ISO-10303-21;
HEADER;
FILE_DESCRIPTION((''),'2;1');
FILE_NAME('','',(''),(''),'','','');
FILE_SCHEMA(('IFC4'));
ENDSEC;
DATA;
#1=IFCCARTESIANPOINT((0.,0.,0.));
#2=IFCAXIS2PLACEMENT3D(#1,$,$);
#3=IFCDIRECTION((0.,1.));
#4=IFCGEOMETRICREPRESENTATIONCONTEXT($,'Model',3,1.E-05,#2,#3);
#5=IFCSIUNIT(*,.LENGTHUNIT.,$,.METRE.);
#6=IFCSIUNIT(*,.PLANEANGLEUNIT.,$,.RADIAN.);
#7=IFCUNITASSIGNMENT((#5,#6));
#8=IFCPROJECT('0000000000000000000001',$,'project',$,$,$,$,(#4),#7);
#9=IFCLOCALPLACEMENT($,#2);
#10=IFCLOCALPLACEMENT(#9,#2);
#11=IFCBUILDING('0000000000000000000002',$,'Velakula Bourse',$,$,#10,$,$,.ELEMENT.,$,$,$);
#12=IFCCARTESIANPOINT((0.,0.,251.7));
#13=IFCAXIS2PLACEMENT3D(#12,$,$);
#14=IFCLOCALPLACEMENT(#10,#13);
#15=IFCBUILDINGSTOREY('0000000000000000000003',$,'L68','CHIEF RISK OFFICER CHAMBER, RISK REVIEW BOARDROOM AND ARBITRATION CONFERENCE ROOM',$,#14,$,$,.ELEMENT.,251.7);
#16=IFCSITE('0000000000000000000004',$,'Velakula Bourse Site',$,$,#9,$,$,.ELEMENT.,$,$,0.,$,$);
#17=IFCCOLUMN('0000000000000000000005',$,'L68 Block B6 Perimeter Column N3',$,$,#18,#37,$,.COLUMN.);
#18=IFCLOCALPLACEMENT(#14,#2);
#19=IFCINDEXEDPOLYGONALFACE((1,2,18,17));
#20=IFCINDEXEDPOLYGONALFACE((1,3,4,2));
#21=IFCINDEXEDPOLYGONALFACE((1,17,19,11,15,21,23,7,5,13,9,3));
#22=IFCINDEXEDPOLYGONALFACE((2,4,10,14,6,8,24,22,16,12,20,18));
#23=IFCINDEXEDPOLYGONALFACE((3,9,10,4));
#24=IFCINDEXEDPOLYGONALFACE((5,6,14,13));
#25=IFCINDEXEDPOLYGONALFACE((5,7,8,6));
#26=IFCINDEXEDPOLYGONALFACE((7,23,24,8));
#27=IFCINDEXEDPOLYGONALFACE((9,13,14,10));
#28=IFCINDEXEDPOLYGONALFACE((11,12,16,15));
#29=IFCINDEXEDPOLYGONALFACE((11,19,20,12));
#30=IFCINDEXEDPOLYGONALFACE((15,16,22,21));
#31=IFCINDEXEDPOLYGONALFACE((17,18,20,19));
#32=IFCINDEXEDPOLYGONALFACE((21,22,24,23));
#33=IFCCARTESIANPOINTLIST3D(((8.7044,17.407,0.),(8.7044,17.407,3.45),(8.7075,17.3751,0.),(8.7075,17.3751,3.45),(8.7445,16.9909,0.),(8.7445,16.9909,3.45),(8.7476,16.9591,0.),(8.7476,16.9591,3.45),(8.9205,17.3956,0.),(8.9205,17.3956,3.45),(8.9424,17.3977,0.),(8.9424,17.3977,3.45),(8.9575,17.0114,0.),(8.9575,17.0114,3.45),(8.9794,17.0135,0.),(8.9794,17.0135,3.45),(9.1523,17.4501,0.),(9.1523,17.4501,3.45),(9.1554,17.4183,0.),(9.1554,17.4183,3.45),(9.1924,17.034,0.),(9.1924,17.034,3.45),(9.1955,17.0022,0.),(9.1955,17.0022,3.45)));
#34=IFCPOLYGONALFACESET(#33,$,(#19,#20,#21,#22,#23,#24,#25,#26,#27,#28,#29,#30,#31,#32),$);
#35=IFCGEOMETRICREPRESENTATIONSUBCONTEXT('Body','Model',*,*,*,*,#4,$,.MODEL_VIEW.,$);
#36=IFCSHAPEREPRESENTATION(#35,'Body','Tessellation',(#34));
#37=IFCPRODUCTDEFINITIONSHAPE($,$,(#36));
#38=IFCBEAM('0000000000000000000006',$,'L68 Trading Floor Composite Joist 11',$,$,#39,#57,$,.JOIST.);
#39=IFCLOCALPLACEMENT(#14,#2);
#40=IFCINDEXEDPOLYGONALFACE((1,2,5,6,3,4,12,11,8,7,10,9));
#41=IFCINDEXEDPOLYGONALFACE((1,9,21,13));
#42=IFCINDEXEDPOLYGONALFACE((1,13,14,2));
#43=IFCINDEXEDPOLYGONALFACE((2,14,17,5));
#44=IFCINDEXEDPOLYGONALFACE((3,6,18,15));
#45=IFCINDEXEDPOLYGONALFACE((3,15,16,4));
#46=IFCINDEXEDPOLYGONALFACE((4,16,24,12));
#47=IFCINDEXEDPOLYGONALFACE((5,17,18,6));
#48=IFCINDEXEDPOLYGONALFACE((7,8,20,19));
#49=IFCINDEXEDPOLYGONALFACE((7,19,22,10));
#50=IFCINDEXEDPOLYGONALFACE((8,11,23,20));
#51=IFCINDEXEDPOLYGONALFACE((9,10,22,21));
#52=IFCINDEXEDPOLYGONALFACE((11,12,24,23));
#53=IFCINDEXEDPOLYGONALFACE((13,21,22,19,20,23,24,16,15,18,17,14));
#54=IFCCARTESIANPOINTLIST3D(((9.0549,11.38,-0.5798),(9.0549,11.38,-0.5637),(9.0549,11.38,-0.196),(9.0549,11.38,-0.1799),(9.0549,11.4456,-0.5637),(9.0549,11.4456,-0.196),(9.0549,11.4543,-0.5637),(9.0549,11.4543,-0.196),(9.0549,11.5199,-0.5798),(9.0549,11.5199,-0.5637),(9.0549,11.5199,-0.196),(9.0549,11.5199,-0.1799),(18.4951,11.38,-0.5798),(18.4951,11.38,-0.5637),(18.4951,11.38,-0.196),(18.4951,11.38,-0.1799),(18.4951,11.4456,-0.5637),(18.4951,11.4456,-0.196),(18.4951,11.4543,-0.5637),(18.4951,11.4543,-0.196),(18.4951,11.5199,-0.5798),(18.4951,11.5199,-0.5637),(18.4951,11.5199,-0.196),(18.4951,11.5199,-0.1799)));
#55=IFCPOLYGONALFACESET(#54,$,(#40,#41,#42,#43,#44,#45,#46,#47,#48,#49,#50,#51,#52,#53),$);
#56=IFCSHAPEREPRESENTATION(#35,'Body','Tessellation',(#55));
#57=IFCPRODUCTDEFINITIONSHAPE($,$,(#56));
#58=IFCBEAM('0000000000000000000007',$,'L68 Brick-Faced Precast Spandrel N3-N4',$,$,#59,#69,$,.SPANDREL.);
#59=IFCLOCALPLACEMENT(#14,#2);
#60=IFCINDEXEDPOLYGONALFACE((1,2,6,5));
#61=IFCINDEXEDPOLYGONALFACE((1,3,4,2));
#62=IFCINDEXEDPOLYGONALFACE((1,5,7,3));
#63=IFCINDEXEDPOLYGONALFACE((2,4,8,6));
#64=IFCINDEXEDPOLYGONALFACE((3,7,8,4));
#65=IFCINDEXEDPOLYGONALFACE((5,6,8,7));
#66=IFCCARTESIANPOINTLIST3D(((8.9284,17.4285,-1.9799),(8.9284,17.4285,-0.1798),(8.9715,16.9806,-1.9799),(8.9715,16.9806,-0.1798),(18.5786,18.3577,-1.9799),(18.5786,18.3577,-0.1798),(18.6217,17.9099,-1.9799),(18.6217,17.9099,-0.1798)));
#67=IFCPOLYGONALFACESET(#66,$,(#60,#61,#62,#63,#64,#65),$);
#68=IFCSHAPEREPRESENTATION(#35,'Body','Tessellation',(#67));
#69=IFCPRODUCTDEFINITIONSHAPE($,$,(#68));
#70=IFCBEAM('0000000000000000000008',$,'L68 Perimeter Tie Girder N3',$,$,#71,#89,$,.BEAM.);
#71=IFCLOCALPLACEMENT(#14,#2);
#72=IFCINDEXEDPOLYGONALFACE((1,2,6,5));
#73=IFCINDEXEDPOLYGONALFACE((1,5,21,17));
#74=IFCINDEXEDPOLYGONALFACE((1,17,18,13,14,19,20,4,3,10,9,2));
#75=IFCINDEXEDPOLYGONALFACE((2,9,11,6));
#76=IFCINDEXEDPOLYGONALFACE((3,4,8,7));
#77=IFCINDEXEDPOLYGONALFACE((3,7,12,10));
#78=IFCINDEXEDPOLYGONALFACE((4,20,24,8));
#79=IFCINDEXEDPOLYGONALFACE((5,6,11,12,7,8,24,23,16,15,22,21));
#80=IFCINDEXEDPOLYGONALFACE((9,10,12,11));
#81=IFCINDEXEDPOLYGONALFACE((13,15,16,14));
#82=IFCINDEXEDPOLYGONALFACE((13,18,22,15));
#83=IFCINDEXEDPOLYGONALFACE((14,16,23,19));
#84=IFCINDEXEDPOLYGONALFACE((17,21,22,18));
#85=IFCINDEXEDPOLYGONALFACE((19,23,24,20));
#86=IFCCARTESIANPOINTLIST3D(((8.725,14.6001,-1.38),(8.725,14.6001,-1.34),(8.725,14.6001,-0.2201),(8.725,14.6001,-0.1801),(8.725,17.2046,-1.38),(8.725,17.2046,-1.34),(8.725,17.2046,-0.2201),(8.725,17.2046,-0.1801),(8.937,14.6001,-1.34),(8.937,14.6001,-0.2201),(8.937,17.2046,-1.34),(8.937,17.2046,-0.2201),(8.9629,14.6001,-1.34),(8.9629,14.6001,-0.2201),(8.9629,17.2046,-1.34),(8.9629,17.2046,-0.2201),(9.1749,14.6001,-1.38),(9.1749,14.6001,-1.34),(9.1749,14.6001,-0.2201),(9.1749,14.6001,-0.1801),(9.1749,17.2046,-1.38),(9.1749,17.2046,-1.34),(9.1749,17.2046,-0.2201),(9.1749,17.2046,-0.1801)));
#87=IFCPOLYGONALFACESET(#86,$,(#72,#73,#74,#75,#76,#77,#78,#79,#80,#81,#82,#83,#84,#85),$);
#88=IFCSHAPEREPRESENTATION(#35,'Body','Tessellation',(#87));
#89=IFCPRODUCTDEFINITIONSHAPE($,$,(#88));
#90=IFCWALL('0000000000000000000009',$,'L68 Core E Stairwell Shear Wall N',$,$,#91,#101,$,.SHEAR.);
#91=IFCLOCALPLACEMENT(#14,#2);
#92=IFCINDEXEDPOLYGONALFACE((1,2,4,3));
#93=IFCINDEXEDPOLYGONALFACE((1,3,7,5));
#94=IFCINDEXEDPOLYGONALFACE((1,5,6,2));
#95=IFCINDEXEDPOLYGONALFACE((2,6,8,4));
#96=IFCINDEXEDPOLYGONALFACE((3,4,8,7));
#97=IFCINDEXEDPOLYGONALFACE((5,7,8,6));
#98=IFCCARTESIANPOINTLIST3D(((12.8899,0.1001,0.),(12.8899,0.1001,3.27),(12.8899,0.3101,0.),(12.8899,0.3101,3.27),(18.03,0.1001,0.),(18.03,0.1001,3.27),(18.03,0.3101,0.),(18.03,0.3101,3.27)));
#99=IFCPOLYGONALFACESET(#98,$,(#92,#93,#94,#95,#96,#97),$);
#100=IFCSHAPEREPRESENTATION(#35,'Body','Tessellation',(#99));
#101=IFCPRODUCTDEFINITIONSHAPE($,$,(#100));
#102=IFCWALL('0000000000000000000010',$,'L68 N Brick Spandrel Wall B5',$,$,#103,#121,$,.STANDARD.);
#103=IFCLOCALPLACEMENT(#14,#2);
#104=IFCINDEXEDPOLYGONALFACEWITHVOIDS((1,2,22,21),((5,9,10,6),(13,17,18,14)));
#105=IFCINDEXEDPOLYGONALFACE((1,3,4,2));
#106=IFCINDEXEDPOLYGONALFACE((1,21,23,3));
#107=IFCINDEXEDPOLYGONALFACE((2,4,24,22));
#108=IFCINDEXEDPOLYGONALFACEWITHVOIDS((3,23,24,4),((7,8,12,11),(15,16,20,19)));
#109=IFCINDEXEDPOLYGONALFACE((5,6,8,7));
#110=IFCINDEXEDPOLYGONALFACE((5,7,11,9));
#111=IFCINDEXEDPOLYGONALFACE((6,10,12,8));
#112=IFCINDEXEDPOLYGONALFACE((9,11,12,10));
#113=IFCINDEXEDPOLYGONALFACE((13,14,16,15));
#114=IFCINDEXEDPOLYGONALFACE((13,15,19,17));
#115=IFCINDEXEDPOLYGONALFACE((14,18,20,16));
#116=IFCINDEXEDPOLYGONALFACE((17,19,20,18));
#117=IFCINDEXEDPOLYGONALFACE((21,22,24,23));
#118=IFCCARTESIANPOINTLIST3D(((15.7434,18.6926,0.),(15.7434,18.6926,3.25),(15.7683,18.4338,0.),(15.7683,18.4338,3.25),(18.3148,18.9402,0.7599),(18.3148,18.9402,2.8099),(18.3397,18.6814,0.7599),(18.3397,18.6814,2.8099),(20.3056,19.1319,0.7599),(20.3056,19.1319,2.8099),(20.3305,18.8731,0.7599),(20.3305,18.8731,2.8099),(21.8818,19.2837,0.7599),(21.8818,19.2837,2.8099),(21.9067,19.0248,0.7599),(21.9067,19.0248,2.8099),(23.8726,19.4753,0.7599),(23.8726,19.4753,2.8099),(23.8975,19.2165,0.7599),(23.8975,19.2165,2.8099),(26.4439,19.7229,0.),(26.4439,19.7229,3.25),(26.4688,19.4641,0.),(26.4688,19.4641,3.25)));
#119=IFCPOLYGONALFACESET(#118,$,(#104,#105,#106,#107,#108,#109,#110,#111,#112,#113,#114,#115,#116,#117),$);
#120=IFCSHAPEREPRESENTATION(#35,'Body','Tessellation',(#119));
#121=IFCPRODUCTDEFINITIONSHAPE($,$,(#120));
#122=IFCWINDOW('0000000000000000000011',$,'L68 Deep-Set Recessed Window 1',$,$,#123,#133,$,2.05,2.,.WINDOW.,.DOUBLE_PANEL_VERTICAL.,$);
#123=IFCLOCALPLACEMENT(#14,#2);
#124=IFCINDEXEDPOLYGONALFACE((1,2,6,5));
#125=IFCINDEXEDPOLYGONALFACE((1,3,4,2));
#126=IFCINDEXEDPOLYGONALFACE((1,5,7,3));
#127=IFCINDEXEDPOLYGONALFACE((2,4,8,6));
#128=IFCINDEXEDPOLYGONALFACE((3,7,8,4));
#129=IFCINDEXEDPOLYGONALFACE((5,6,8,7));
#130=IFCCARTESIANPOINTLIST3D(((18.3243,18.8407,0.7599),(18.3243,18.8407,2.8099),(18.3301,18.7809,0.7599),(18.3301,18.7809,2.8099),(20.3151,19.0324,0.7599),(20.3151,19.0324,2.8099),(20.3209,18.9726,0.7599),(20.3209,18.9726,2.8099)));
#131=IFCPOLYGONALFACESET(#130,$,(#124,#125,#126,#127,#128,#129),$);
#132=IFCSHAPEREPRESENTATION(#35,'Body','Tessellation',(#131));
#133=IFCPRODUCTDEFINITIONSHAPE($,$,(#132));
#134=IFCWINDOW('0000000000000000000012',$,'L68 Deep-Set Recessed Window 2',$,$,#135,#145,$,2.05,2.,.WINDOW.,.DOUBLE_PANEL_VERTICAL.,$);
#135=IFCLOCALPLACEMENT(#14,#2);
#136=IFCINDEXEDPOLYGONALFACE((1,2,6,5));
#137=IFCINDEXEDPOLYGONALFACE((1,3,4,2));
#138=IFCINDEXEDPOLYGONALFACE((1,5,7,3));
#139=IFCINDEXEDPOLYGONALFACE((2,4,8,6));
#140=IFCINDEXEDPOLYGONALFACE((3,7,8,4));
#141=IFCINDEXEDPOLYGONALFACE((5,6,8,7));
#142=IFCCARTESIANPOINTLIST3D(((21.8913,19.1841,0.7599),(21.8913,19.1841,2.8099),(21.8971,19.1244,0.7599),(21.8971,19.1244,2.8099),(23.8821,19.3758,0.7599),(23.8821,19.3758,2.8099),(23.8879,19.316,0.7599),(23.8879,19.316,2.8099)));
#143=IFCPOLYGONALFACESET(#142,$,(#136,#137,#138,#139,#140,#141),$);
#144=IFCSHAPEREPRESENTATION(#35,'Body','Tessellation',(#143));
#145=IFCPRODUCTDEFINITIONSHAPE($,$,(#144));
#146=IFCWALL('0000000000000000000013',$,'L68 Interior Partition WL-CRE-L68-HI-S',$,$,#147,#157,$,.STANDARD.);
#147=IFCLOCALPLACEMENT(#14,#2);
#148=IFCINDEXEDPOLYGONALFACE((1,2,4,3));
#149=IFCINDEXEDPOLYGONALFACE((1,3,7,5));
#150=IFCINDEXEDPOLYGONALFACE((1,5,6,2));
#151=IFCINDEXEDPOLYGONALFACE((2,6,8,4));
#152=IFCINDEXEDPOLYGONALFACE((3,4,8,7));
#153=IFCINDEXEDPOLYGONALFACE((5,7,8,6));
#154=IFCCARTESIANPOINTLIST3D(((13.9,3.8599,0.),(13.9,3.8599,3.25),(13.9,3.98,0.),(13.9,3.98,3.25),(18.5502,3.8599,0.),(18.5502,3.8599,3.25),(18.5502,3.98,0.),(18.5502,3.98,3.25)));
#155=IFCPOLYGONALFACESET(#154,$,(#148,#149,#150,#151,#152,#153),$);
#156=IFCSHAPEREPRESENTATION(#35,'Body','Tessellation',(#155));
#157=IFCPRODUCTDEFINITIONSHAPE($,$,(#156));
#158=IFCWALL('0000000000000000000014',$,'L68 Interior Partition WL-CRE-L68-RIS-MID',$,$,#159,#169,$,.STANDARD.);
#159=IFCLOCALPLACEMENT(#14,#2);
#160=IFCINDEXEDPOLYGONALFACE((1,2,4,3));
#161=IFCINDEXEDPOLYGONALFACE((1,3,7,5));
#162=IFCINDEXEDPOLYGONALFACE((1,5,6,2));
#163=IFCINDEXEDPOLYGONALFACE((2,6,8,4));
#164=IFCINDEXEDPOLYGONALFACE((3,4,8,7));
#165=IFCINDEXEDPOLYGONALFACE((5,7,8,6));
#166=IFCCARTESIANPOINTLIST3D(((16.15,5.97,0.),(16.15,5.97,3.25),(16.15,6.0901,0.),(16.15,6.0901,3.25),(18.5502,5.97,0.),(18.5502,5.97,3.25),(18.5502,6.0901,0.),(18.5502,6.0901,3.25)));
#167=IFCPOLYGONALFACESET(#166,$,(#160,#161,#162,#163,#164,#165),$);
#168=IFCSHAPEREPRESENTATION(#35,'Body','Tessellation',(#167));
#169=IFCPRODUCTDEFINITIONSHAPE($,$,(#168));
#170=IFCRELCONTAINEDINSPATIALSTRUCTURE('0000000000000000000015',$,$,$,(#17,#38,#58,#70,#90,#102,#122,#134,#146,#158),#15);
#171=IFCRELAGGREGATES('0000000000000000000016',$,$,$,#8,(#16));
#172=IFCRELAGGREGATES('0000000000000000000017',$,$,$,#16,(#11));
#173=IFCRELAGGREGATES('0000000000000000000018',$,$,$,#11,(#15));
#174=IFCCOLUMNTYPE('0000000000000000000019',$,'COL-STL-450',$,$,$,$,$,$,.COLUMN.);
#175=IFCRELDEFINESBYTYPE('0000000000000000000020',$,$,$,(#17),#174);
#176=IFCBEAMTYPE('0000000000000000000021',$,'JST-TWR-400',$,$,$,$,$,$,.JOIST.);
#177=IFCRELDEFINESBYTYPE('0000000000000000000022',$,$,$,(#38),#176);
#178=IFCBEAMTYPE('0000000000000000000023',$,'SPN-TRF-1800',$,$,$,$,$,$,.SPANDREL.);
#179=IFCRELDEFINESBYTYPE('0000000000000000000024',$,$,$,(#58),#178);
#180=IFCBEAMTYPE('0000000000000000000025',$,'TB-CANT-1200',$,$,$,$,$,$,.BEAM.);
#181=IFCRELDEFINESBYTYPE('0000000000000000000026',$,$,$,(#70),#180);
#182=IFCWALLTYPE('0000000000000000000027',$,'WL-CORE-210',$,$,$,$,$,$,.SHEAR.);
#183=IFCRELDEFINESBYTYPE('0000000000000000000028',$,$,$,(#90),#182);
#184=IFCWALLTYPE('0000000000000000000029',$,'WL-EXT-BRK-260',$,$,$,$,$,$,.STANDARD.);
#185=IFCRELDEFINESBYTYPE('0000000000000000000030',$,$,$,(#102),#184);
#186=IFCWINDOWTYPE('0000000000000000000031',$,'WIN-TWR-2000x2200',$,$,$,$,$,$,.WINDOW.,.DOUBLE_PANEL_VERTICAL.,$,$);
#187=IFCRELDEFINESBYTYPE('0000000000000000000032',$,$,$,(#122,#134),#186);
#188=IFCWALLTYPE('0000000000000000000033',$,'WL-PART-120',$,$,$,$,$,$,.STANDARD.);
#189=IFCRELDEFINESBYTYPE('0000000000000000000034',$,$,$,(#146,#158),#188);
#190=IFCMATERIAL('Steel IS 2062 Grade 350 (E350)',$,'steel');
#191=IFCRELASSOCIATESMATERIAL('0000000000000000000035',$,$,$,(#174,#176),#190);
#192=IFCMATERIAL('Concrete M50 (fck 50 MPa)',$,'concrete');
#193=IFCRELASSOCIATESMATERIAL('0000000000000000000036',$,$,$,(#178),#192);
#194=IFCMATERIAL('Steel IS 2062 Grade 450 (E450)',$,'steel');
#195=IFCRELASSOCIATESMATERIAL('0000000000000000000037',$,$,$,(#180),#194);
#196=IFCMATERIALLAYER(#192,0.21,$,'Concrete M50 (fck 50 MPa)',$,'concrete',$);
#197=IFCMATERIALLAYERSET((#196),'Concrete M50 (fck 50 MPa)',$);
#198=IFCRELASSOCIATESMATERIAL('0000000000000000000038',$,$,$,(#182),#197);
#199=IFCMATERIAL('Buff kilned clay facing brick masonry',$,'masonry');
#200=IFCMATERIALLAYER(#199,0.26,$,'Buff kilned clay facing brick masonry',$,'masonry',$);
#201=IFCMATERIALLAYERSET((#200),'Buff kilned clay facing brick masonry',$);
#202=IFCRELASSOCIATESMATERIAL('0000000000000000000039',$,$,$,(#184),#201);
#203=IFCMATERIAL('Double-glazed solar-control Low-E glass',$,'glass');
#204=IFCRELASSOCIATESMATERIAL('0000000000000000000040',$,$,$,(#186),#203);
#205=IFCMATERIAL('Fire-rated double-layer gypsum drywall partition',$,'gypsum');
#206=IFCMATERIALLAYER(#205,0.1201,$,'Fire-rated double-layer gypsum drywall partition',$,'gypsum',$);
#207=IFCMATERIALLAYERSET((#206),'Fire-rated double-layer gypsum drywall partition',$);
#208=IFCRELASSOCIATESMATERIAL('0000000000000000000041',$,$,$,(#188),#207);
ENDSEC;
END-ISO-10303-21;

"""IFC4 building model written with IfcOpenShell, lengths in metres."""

from ifc_helpers import new_model, si_unit, direction, frame, frame_2d, origin, origin_2d, place, context, subcontext, project, spatial, rectangle, i_section, extrude, material, layer, layer_set, material_profile, profile_set, type_object, element, fill, save


model = new_model("IFC4")

# Units and contexts
model_context = context("Model", 3, precision=1e-05, world=origin(), true_north=direction((0.0, 1.0)))
body_context = subcontext(model_context, "Body", "Model", "MODEL_VIEW")
ifc_project = project(units=[si_unit("LENGTHUNIT", "METRE"), si_unit("PLANEANGLEUNIT", "RADIAN")], contexts=[model_context])

# Site, building, storey
site_placement = place(None, origin())
site = spatial("IfcSite", under=ifc_project, at=site_placement, Name="Velakula Bourse Site", CompositionType="ELEMENT", RefElevation=0.0)
building_placement = place(site_placement, origin())
building = spatial("IfcBuilding", under=site, at=building_placement, Name="Velakula Bourse", CompositionType="ELEMENT")
storey_placement = place(building_placement, frame((0.0, 0.0, 251.7)))
storey = spatial("IfcBuildingStorey", under=building, at=storey_placement, Name="L68", Description="CHIEF RISK OFFICER CHAMBER, RISK REVIEW BOARDROOM AND ARBITRATION CONFERENCE ROOM", CompositionType="ELEMENT", Elevation=251.7)

# Column
ifc_material_1 = material(Name="Steel IS 2062 Grade 350 (E350)", Category="steel")
ifc_material_profile_1 = material_profile(ifc_material_1, i_section(OverallWidth=0.45, OverallDepth=0.45, WebThickness=0.022, FlangeThickness=0.032, at=origin_2d()), Name="Steel IS 2062 Grade 350 (E350)")
ifc_profile_set_1 = profile_set([ifc_material_profile_1], Name="Steel IS 2062 Grade 350 (E350)")
column_type = type_object("IfcColumnType", Name="COL-STL-450", PredefinedType="COLUMN", material=ifc_profile_set_1)
column_placement = place(storey_placement, frame((8.95, 17.2046, 0.0), z_axis=(0.0, 0.0, 1.0), x_axis=(0.995396, 0.095846, 0.0)))
element("IfcColumn", 1, at=column_placement, inside=storey, type_object=column_type, Name="L68 Block B6 Perimeter Column N3", PredefinedType="COLUMN", context=body_context, shape_type="SweptSolid", body=[
    extrude(i_section(OverallWidth=0.45, OverallDepth=0.45, WebThickness=0.022, FlangeThickness=0.032, at=origin_2d()), origin(), (0.0, 0.0, 1.0), 3.45),
])

# Beams
ifc_material_profile_2 = material_profile(ifc_material_1, i_section(OverallWidth=0.1399, OverallDepth=0.3999, WebThickness=0.0088, FlangeThickness=0.0161, at=origin_2d()), Name="Steel IS 2062 Grade 350 (E350)")
ifc_profile_set_2 = profile_set([ifc_material_profile_2], Name="Steel IS 2062 Grade 350 (E350)")
beam_type_1 = type_object("IfcBeamType", Name="JST-TWR-400", PredefinedType="JOIST", material=ifc_profile_set_2)
beam_1_placement = place(storey_placement, frame((9.0549, 11.45, -0.3799), z_axis=(1.0, 0.0, 0.0), x_axis=(0.0, 1.0, 0.0)))
element("IfcBeam", 2, at=beam_1_placement, inside=storey, type_object=beam_type_1, Name="L68 Trading Floor Composite Joist 11", PredefinedType="JOIST", context=body_context, shape_type="SweptSolid", body=[
    extrude(i_section(OverallWidth=0.1399, OverallDepth=0.3999, WebThickness=0.0088, FlangeThickness=0.0161, at=origin_2d()), origin(), (0.0, 0.0, 1.0), 9.4402),
])
ifc_material_2 = material(Name="Concrete M50 (fck 50 MPa)", Category="concrete")
ifc_material_profile_3 = material_profile(ifc_material_2, rectangle(XDim=0.45, YDim=1.8, at=origin_2d()), Name="Concrete M50 (fck 50 MPa)")
ifc_profile_set_3 = profile_set([ifc_material_profile_3], Name="Concrete M50 (fck 50 MPa)")
beam_type_2 = type_object("IfcBeamType", Name="SPN-TRF-1800", PredefinedType="SPANDREL", material=ifc_profile_set_3)
beam_2_placement = place(storey_placement, frame((8.95, 17.2046, -1.0798), z_axis=(0.995396, 0.095845, 0.0), x_axis=(-0.095845, 0.995396, 0.0)))
element("IfcBeam", 3, at=beam_2_placement, inside=storey, type_object=beam_type_2, Name="L68 Brick-Faced Precast Spandrel N3-N4", PredefinedType="SPANDREL", context=body_context, shape_type="SweptSolid", body=[
    extrude(rectangle(XDim=0.45, YDim=1.8, at=origin_2d()), origin(), (0.0, 0.0, 1.0), 9.6948),
])
ifc_material_3 = material(Name="Steel IS 2062 Grade 450 (E450)", Category="steel")
ifc_material_profile_4 = material_profile(ifc_material_3, i_section(OverallWidth=0.45, OverallDepth=1.2, WebThickness=0.0259, FlangeThickness=0.04, at=origin_2d()), Name="Steel IS 2062 Grade 450 (E450)")
ifc_profile_set_4 = profile_set([ifc_material_profile_4], Name="Steel IS 2062 Grade 450 (E450)")
beam_type_3 = type_object("IfcBeamType", Name="TB-CANT-1200", PredefinedType="BEAM", material=ifc_profile_set_4)
beam_3_placement = place(storey_placement, frame((8.95, 14.6001, -0.78), z_axis=(0.0, 1.0, 0.0), x_axis=(-1.0, 0.0, 0.0)))
element("IfcBeam", 4, at=beam_3_placement, inside=storey, type_object=beam_type_3, Name="L68 Perimeter Tie Girder N3", PredefinedType="BEAM", context=body_context, shape_type="SweptSolid", body=[
    extrude(i_section(OverallWidth=0.45, OverallDepth=1.2, WebThickness=0.0259, FlangeThickness=0.04, at=origin_2d()), origin(), (0.0, 0.0, 1.0), 2.6045),
])

# Wall
ifc_layer_1 = layer(ifc_material_2, 0.21, Name="Concrete M50 (fck 50 MPa)", Category="concrete")
ifc_layer_set_1 = layer_set([ifc_layer_1], Name="Concrete M50 (fck 50 MPa)")
wall_type_1 = type_object("IfcWallType", Name="WL-CORE-210", PredefinedType="SHEAR", material=ifc_layer_set_1)
wall_1_placement = place(storey_placement, frame((18.03, 0.2051, 0.0), z_axis=(0.0, 0.0, 1.0), x_axis=(-1.0, 0.0, 0.0)))
element("IfcWall", 5, at=wall_1_placement, inside=storey, type_object=wall_type_1, Name="L68 Core E Stairwell Shear Wall N", PredefinedType="SHEAR", context=body_context, shape_type="SweptSolid", body=[
    extrude(rectangle(XDim=5.1401, YDim=0.21, at=frame_2d((2.5701, 0.0))), origin(), (0.0, 0.0, 1.0), 3.27),
])

# Wall, openings, windows
ifc_material_4 = material(Name="Buff kilned clay facing brick masonry", Category="masonry")
ifc_layer_2 = layer(ifc_material_4, 0.26, Name="Buff kilned clay facing brick masonry", Category="masonry")
ifc_layer_set_2 = layer_set([ifc_layer_2], Name="Buff kilned clay facing brick masonry")
wall_type_2 = type_object("IfcWallType", Name="WL-EXT-BRK-260", PredefinedType="STANDARD", material=ifc_layer_set_2)
wall_2_placement = place(storey_placement, frame((15.7559, 18.5632, 0.0), z_axis=(0.0, 0.0, 1.0), x_axis=(0.995397, 0.09584, 0.0)))
wall_2 = element("IfcWall", 6, at=wall_2_placement, inside=storey, type_object=wall_type_2, Name="L68 N Brick Spandrel Wall B5", PredefinedType="STANDARD", context=body_context, shape_type="SweptSolid", body=[
    extrude(rectangle(XDim=10.75, YDim=0.26, at=frame_2d((5.375, 0.0))), origin(), (0.0, 0.0, 1.0), 3.25),
])
opening_1_placement = place(wall_2_placement, frame((2.5833, 0.0, 0.76)))
opening_1 = element("IfcOpeningElement", 7, at=opening_1_placement, cuts=wall_2, PredefinedType="OPENING", context=body_context, shape_type="SweptSolid", body=[
    extrude(rectangle(XDim=2.0, YDim=2.05, at=frame_2d((1.0, 1.0249))), frame((0.0, 0.1399, 0.0), z_axis=(0.0, -1.0, 0.0), x_axis=(1.0, 0.0, 0.0)), (0.0, 0.0, 1.0), 0.28),
])
opening_2_placement = place(wall_2_placement, frame((6.1667, 0.0, 0.76)))
opening_2 = element("IfcOpeningElement", 8, at=opening_2_placement, cuts=wall_2, PredefinedType="OPENING", context=body_context, shape_type="SweptSolid", body=[
    extrude(rectangle(XDim=2.0, YDim=2.05, at=frame_2d((1.0, 1.0249))), frame((0.0, 0.1399, 0.0), z_axis=(0.0, -1.0, 0.0), x_axis=(1.0, 0.0, 0.0)), (0.0, 0.0, 1.0), 0.28),
])
ifc_material_5 = material(Name="Double-glazed solar-control Low-E glass", Category="glass")
window_type = type_object("IfcWindowType", Name="WIN-TWR-2000x2200", PartitioningType="DOUBLE_PANEL_VERTICAL", PredefinedType="WINDOW", material=ifc_material_5)
window_1_placement = place(opening_1_placement, origin())
window_1 = element("IfcWindow", 9, at=window_1_placement, inside=storey, type_object=window_type, Name="L68 Deep-Set Recessed Window 1", OverallHeight=2.05, OverallWidth=2.0, PartitioningType="DOUBLE_PANEL_VERTICAL", PredefinedType="WINDOW", context=body_context, shape_type="SweptSolid", body=[
    extrude(rectangle(XDim=2.0, YDim=2.05, at=frame_2d((1.0, 1.0249))), frame((0.0, 0.03, 0.0), z_axis=(0.0, -1.0, 0.0), x_axis=(1.0, 0.0, 0.0)), (0.0, 0.0, 1.0), 0.0601),
])
fill(opening_1, window_1)
window_2_placement = place(opening_2_placement, origin())
window_2 = element("IfcWindow", 10, at=window_2_placement, inside=storey, type_object=window_type, Name="L68 Deep-Set Recessed Window 2", OverallHeight=2.05, OverallWidth=2.0, PartitioningType="DOUBLE_PANEL_VERTICAL", PredefinedType="WINDOW", context=body_context, shape_type="SweptSolid", body=[
    extrude(rectangle(XDim=2.0, YDim=2.05, at=frame_2d((1.0, 1.0249))), frame((0.0, 0.03, 0.0), z_axis=(0.0, -1.0, 0.0), x_axis=(1.0, 0.0, 0.0)), (0.0, 0.0, 1.0), 0.0601),
])
fill(opening_2, window_2)

# Walls
ifc_material_6 = material(Name="Fire-rated double-layer gypsum drywall partition", Category="gypsum")
ifc_layer_3 = layer(ifc_material_6, 0.1201, Name="Fire-rated double-layer gypsum drywall partition", Category="gypsum")
ifc_layer_set_3 = layer_set([ifc_layer_3], Name="Fire-rated double-layer gypsum drywall partition")
wall_type_3 = type_object("IfcWallType", Name="WL-PART-120", PredefinedType="STANDARD", material=ifc_layer_set_3)
wall_3_placement = place(storey_placement, frame((13.8999, 3.9199, 0.0), z_axis=(0.0, 0.0, 1.0), x_axis=(1.0, 0.0, 0.0)))
element("IfcWall", 11, at=wall_3_placement, inside=storey, type_object=wall_type_3, Name="L68 Interior Partition WL-CRE-L68-HI-S", PredefinedType="STANDARD", context=body_context, shape_type="SweptSolid", body=[
    extrude(rectangle(XDim=4.6501, YDim=0.1201, at=frame_2d((2.3252, 0.0))), origin(), (0.0, 0.0, 1.0), 3.25),
])
wall_4_placement = place(storey_placement, frame((16.1499, 6.03, 0.0), z_axis=(0.0, 0.0, 1.0), x_axis=(1.0, 0.0, 0.0)))
element("IfcWall", 12, at=wall_4_placement, inside=storey, type_object=wall_type_3, Name="L68 Interior Partition WL-CRE-L68-RIS-MID", PredefinedType="STANDARD", context=body_context, shape_type="SweptSolid", body=[
    extrude(rectangle(XDim=2.4001, YDim=0.1201, at=frame_2d((1.2002, 0.0))), origin(), (0.0, 0.0, 1.0), 3.25),
])

save(model, "model.ifc")
